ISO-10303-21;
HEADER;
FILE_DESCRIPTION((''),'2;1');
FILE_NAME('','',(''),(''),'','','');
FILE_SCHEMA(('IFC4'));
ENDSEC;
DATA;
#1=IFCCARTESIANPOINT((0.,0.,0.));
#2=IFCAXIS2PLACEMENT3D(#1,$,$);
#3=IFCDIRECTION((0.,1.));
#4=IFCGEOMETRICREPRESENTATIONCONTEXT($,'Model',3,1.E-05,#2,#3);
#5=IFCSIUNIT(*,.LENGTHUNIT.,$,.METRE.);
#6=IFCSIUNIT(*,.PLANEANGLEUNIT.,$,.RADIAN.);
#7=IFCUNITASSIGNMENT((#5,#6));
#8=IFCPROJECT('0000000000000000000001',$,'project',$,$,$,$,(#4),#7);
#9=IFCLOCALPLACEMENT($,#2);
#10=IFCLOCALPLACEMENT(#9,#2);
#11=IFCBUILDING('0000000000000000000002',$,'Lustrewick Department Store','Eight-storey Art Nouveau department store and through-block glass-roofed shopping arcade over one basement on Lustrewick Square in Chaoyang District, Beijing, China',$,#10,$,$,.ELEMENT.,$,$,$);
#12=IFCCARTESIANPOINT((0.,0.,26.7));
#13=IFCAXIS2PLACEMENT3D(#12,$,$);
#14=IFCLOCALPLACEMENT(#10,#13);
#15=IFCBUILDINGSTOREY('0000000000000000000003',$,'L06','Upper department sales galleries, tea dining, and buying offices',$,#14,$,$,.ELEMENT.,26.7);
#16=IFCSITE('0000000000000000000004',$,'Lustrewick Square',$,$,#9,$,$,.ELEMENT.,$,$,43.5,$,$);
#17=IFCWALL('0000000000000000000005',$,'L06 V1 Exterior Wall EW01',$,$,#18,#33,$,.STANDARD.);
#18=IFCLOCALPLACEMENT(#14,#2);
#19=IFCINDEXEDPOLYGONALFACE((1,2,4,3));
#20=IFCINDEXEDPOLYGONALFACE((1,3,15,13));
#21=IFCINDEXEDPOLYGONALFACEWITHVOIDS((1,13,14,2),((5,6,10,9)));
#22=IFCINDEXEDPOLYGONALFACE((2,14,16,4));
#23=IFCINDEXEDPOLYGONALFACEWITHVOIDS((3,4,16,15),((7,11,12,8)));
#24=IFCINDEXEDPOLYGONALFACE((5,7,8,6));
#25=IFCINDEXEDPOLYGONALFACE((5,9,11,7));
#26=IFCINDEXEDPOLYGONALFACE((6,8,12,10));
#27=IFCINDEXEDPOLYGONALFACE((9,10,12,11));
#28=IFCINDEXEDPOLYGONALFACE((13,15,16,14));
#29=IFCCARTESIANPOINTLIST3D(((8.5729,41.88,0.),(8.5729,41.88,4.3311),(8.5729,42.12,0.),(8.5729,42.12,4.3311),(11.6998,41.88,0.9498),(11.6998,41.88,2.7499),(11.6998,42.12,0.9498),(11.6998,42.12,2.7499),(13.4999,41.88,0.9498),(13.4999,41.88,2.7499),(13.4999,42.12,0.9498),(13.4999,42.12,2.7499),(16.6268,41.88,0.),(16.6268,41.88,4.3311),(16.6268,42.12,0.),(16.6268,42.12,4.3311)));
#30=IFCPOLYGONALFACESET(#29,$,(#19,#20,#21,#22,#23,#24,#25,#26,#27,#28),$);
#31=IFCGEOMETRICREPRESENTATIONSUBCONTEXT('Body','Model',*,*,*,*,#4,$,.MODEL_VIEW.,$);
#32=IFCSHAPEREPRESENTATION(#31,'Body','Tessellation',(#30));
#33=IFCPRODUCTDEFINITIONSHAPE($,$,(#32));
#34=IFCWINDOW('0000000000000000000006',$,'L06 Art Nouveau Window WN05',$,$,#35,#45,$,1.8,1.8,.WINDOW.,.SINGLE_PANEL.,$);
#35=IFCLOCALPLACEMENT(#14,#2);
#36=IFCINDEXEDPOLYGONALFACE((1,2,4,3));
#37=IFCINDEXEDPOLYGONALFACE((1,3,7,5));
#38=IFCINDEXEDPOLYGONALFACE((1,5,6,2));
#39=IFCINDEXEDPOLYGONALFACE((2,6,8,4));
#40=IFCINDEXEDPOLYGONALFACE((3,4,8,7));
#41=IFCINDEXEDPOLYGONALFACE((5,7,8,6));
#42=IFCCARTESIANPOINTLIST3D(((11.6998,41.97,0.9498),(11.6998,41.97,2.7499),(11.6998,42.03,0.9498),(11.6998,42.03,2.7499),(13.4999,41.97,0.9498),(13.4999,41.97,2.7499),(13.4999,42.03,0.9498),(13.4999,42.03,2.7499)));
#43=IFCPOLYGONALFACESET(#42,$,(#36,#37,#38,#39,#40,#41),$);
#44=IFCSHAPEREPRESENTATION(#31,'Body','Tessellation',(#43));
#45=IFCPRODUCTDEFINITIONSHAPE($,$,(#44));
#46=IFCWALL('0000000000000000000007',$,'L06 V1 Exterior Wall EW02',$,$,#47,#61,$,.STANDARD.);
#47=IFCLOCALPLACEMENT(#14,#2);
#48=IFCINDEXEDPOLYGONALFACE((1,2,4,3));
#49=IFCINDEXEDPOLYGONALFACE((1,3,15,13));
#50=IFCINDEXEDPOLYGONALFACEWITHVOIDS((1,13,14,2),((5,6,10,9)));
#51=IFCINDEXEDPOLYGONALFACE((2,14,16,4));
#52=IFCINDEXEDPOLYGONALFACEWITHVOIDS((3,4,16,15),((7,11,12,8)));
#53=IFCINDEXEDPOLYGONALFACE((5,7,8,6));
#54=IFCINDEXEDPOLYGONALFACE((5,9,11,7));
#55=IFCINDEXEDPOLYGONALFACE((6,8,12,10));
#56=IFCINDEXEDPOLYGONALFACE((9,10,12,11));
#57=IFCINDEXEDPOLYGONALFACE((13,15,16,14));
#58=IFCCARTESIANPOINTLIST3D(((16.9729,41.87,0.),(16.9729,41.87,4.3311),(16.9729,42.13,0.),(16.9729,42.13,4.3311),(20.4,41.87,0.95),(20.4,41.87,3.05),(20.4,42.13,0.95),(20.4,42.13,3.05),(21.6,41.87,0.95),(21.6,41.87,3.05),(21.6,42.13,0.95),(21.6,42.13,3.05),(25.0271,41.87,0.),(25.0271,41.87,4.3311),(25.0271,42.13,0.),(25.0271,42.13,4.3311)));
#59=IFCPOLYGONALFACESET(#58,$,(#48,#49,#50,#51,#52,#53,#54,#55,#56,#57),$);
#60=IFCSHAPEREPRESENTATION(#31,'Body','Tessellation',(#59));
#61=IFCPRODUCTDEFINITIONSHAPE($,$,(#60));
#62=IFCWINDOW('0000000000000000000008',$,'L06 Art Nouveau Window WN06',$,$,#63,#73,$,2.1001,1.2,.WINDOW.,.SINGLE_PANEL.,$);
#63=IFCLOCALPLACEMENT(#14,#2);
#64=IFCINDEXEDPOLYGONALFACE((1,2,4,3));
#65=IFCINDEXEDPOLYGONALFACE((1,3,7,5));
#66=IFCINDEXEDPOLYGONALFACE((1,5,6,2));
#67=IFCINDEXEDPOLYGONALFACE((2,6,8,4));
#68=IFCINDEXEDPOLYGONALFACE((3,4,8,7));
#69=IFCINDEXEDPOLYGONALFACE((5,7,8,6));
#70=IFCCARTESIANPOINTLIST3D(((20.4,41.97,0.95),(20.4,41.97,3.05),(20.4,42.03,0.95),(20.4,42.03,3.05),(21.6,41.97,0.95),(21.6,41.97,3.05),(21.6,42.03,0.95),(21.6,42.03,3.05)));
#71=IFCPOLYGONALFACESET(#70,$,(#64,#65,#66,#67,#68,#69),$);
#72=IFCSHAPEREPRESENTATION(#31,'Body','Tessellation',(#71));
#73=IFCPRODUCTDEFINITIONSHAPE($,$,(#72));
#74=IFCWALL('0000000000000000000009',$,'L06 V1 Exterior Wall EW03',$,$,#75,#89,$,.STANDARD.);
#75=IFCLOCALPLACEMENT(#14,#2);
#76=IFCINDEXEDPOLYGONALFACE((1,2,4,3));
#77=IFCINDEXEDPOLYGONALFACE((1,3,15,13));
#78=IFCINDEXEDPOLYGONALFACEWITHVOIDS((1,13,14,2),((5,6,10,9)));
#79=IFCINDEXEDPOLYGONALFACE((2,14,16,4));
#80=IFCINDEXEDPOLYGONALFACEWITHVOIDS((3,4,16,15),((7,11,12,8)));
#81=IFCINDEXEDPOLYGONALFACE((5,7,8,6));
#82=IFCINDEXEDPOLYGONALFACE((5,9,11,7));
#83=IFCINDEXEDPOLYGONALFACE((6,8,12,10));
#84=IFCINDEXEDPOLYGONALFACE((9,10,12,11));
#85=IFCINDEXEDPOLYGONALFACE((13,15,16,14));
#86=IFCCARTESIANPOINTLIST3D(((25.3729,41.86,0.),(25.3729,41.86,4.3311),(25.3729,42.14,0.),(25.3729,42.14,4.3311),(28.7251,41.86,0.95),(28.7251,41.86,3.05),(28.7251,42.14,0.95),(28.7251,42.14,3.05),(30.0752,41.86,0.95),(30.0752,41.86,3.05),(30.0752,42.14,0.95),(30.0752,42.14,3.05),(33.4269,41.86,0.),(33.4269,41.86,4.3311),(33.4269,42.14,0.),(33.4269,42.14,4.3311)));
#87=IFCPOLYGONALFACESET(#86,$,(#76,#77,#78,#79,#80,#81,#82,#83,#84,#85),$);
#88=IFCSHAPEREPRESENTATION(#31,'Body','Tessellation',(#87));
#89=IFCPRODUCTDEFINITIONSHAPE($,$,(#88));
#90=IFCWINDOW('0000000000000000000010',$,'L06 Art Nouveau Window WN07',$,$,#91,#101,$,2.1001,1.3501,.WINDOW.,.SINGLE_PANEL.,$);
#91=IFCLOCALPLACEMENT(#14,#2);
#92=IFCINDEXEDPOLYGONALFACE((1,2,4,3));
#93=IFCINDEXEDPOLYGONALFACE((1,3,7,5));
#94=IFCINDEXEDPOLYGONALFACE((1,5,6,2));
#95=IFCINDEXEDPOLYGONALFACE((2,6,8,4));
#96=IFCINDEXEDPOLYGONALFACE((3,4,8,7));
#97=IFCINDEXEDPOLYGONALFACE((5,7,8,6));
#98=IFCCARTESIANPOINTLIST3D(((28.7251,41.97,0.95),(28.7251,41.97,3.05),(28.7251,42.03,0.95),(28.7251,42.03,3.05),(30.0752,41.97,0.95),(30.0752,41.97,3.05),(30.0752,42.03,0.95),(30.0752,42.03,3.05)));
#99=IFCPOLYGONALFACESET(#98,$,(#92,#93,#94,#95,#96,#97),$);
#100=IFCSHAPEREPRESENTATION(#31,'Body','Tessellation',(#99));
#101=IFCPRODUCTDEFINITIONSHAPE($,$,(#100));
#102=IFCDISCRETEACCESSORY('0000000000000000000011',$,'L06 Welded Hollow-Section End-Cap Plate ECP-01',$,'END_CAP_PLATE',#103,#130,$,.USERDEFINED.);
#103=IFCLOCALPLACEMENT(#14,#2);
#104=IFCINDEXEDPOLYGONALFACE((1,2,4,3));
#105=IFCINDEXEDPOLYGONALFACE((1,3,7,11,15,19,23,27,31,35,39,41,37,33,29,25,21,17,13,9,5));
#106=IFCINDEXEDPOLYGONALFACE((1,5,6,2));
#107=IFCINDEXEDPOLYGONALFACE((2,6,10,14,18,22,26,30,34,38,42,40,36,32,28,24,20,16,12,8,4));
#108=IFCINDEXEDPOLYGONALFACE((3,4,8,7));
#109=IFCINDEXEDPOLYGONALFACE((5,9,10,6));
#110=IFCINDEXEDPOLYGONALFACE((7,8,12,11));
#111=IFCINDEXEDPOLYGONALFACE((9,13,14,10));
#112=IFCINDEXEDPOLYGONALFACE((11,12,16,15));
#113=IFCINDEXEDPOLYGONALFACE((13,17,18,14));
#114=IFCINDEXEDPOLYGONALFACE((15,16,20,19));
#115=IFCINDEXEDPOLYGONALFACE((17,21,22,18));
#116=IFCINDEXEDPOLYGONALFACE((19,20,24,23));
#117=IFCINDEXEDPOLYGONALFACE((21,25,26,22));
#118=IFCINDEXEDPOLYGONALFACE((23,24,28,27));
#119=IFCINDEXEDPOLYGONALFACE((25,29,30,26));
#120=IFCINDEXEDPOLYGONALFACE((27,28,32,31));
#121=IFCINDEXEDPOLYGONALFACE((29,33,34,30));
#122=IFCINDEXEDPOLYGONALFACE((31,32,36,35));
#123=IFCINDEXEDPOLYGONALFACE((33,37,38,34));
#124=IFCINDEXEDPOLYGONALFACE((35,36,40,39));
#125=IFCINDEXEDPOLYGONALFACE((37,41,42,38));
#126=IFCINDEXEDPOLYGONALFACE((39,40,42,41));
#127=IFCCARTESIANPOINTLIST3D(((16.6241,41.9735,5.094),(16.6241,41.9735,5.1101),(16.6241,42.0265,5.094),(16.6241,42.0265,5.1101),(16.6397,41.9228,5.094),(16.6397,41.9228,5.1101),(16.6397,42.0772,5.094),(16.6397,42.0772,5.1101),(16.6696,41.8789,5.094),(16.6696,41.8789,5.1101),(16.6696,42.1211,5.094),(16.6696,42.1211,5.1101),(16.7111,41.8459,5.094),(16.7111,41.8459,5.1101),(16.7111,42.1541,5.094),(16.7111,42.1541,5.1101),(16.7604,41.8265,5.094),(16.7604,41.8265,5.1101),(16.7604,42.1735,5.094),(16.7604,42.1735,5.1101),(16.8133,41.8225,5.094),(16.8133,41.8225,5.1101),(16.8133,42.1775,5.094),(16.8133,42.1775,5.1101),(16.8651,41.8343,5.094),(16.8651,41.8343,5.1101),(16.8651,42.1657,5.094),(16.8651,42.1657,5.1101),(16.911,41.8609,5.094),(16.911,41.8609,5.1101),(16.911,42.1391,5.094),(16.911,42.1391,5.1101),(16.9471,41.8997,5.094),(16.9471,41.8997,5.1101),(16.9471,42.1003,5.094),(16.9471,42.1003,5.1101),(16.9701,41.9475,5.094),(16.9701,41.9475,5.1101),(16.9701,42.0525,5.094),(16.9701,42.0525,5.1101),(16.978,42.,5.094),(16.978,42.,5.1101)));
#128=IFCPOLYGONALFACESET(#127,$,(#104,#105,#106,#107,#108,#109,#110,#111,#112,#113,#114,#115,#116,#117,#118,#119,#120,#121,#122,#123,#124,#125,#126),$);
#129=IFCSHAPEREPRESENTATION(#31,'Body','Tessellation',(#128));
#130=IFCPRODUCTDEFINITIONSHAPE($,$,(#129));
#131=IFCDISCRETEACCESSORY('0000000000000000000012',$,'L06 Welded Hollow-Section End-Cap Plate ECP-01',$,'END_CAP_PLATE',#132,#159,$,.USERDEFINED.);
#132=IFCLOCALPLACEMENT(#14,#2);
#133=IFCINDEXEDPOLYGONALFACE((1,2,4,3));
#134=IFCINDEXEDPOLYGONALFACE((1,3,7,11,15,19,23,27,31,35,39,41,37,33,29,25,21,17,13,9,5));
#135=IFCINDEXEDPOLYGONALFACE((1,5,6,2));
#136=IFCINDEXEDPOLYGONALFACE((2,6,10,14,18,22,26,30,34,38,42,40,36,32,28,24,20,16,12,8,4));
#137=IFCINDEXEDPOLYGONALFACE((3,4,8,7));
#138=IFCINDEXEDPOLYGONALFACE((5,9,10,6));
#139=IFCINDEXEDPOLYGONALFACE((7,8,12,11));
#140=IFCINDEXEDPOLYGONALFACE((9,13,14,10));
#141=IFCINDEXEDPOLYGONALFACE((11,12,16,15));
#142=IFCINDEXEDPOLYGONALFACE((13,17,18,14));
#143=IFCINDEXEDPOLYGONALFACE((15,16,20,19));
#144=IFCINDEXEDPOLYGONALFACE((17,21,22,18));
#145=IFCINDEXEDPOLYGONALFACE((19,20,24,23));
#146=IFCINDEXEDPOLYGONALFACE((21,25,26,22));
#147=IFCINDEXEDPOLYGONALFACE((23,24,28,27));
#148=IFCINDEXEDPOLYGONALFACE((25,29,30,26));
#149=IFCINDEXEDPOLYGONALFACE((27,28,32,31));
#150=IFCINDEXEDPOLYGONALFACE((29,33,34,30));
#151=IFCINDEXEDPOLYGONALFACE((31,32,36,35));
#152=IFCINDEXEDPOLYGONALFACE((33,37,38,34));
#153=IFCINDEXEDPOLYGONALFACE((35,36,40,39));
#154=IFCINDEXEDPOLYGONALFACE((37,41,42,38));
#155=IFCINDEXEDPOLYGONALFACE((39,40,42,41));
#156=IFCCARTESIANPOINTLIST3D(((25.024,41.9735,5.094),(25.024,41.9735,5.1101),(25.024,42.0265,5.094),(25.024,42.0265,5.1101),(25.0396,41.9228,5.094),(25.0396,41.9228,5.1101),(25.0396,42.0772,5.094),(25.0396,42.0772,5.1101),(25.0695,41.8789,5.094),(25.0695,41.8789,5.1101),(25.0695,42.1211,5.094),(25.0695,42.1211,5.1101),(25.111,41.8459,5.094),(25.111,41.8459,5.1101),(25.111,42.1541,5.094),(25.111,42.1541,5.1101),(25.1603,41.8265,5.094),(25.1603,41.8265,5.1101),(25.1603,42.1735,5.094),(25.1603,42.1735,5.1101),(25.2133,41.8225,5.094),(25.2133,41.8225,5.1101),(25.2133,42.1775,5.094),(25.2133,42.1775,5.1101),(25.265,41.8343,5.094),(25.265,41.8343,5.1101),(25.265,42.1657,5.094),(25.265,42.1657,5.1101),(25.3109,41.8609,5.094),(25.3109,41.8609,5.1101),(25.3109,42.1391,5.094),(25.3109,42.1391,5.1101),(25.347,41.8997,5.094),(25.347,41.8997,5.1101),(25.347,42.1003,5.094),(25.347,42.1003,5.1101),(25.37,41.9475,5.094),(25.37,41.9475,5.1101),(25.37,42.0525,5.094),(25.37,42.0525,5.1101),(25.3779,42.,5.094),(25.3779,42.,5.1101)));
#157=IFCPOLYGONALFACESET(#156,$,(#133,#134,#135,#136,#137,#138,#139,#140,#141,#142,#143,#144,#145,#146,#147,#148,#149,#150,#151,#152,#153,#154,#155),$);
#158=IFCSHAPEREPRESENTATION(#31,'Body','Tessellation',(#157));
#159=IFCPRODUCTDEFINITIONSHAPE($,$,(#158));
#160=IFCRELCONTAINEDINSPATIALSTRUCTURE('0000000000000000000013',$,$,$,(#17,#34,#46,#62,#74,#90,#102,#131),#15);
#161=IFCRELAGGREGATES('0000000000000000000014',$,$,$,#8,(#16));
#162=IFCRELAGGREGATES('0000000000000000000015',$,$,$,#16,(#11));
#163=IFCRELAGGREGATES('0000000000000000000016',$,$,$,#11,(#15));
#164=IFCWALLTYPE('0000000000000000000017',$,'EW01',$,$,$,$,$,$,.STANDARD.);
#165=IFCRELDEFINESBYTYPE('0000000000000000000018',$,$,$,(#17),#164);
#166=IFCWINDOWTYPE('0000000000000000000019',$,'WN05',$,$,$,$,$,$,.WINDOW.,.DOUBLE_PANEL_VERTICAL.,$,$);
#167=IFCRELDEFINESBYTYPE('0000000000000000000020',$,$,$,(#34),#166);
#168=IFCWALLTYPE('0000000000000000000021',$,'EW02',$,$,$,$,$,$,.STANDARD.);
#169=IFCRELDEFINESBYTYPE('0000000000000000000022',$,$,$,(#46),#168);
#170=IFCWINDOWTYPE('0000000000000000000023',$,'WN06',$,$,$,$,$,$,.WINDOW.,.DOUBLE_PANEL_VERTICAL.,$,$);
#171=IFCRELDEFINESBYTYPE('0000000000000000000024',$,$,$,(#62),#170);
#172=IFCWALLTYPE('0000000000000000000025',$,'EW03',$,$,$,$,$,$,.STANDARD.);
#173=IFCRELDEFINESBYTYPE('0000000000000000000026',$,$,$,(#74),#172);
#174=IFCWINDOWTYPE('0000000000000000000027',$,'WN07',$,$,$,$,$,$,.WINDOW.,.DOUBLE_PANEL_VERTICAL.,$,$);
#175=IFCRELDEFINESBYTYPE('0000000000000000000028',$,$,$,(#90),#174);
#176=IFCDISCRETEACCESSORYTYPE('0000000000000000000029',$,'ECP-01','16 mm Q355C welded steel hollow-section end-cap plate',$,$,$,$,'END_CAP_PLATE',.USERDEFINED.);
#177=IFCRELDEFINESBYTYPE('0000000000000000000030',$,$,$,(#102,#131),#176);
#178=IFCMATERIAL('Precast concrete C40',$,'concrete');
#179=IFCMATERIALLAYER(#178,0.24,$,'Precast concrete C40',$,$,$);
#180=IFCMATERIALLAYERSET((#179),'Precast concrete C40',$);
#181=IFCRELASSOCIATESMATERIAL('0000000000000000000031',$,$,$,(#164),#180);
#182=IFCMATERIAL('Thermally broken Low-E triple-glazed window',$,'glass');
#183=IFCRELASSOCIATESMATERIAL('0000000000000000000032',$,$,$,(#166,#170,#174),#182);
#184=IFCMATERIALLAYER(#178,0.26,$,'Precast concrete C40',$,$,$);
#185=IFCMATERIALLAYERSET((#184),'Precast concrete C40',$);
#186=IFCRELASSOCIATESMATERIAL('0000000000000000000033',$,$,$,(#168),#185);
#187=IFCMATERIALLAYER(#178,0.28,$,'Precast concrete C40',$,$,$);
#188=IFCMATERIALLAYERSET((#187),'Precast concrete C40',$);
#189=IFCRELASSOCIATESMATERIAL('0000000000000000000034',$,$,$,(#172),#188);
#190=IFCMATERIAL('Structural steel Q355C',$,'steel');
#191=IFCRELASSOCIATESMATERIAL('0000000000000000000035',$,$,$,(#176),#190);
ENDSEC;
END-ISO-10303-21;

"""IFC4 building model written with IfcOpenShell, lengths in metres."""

from ifc_helpers import new_model, si_unit, direction, frame, frame_2d, origin, origin_2d, place, context, subcontext, project, spatial, rectangle, circle, extrude, material, layer, layer_set, type_object, element, fill, save


model = new_model("IFC4")

# Units and contexts
model_context = context("Model", 3, precision=1e-05, world=origin(), true_north=direction((0.0, 1.0)))
body_context = subcontext(model_context, "Body", "Model", "MODEL_VIEW")
ifc_project = project(units=[si_unit("LENGTHUNIT", "METRE"), si_unit("PLANEANGLEUNIT", "RADIAN")], contexts=[model_context])

# Site, building, storey
site_placement = place(None, origin())
site = spatial("IfcSite", under=ifc_project, at=site_placement, Name="Lustrewick Square", CompositionType="ELEMENT", RefElevation=43.5)
building_placement = place(site_placement, origin())
building = spatial("IfcBuilding", under=site, at=building_placement, Name="Lustrewick Department Store", Description="Eight-storey Art Nouveau department store and through-block glass-roofed shopping arcade over one basement on Lustrewick Square in Chaoyang District, Beijing, China", CompositionType="ELEMENT")
storey_placement = place(building_placement, frame((0.0, 0.0, 26.7)))
storey = spatial("IfcBuildingStorey", under=building, at=storey_placement, Name="L06", Description="Upper department sales galleries, tea dining, and buying offices", CompositionType="ELEMENT", Elevation=26.7)

# Shared definitions
ifc_material_1 = material(Name="Structural steel Q355C", Category="steel")

# Walls, openings, windows
ifc_material_2 = material(Name="Precast concrete C40", Category="concrete")
ifc_layer_1 = layer(ifc_material_2, 0.24, Name="Precast concrete C40")
ifc_layer_set_1 = layer_set([ifc_layer_1], Name="Precast concrete C40")
wall_type_1 = type_object("IfcWallType", Name="EW01", PredefinedType="STANDARD", material=ifc_layer_set_1)
wall_1_placement = place(storey_placement, frame((8.573, 42.0, 0.0), z_axis=(0.0, 0.0, 1.0), x_axis=(1.0, 0.0, 0.0)))
wall_1 = element("IfcWall", 1, at=wall_1_placement, inside=storey, type_object=wall_type_1, Name="L06 V1 Exterior Wall EW01", PredefinedType="STANDARD", context=body_context, shape_type="SweptSolid", body=[
    extrude(rectangle(XDim=8.054, YDim=0.24, at=frame_2d((4.0269, 0.0))), origin(), (0.0, 0.0, 1.0), 4.3311),
])
opening_1_placement = place(wall_1_placement, frame((3.127, 0.0, 0.95)))
opening_1 = element("IfcOpeningElement", 2, at=opening_1_placement, cuts=wall_1, PredefinedType="OPENING", context=body_context, shape_type="SweptSolid", body=[
    extrude(rectangle(XDim=1.8, YDim=1.8, at=frame_2d((0.8999, 0.8999))), frame((0.0, 0.1299, 0.0), z_axis=(0.0, -1.0, 0.0), x_axis=(1.0, 0.0, 0.0)), (0.0, 0.0, 1.0), 0.26),
])
ifc_material_3 = material(Name="Thermally broken Low-E triple-glazed window", Category="glass")
window_type_1 = type_object("IfcWindowType", Name="WN05", PartitioningType="DOUBLE_PANEL_VERTICAL", PredefinedType="WINDOW", material=ifc_material_3)
window_1_placement = place(opening_1_placement, origin())
window_1 = element("IfcWindow", 3, at=window_1_placement, inside=storey, type_object=window_type_1, Name="L06 Art Nouveau Window WN05", OverallHeight=1.8, OverallWidth=1.8, PartitioningType="SINGLE_PANEL", PredefinedType="WINDOW", context=body_context, shape_type="SweptSolid", body=[
    extrude(rectangle(XDim=1.8, YDim=1.8, at=frame_2d((0.8999, 0.8999))), frame((0.0, 0.03, 0.0), z_axis=(0.0, -1.0, 0.0), x_axis=(1.0, 0.0, 0.0)), (0.0, 0.0, 1.0), 0.0601),
])
fill(opening_1, window_1)
ifc_layer_2 = layer(ifc_material_2, 0.26, Name="Precast concrete C40")
ifc_layer_set_2 = layer_set([ifc_layer_2], Name="Precast concrete C40")
wall_type_2 = type_object("IfcWallType", Name="EW02", PredefinedType="STANDARD", material=ifc_layer_set_2)
wall_2_placement = place(storey_placement, frame((16.9729, 42.0, 0.0), z_axis=(0.0, 0.0, 1.0), x_axis=(1.0, 0.0, 0.0)))
wall_2 = element("IfcWall", 4, at=wall_2_placement, inside=storey, type_object=wall_type_2, Name="L06 V1 Exterior Wall EW02", PredefinedType="STANDARD", context=body_context, shape_type="SweptSolid", body=[
    extrude(rectangle(XDim=8.0542, YDim=0.26, at=frame_2d((4.0271, 0.0))), origin(), (0.0, 0.0, 1.0), 4.3311),
])
opening_2_placement = place(wall_2_placement, frame((3.427, 0.0, 0.95)))
opening_2 = element("IfcOpeningElement", 5, at=opening_2_placement, cuts=wall_2, PredefinedType="OPENING", context=body_context, shape_type="SweptSolid", body=[
    extrude(rectangle(XDim=1.2, YDim=2.1001, at=frame_2d((0.6001, 1.05))), frame((0.0, 0.1401, 0.0), z_axis=(0.0, -1.0, 0.0), x_axis=(1.0, 0.0, 0.0)), (0.0, 0.0, 1.0), 0.28),
])
window_type_2 = type_object("IfcWindowType", Name="WN06", PartitioningType="DOUBLE_PANEL_VERTICAL", PredefinedType="WINDOW", material=ifc_material_3)
window_2_placement = place(opening_2_placement, origin())
window_2 = element("IfcWindow", 6, at=window_2_placement, inside=storey, type_object=window_type_2, Name="L06 Art Nouveau Window WN06", OverallHeight=2.1001, OverallWidth=1.2, PartitioningType="SINGLE_PANEL", PredefinedType="WINDOW", context=body_context, shape_type="SweptSolid", body=[
    extrude(rectangle(XDim=1.2, YDim=2.1001, at=frame_2d((0.6001, 1.05))), frame((0.0, 0.03, 0.0), z_axis=(0.0, -1.0, 0.0), x_axis=(1.0, 0.0, 0.0)), (0.0, 0.0, 1.0), 0.0601),
])
fill(opening_2, window_2)
ifc_layer_3 = layer(ifc_material_2, 0.28, Name="Precast concrete C40")
ifc_layer_set_3 = layer_set([ifc_layer_3], Name="Precast concrete C40")
wall_type_3 = type_object("IfcWallType", Name="EW03", PredefinedType="STANDARD", material=ifc_layer_set_3)
wall_3_placement = place(storey_placement, frame((25.373, 42.0, 0.0), z_axis=(0.0, 0.0, 1.0), x_axis=(1.0, 0.0, 0.0)))
wall_3 = element("IfcWall", 7, at=wall_3_placement, inside=storey, type_object=wall_type_3, Name="L06 V1 Exterior Wall EW03", PredefinedType="STANDARD", context=body_context, shape_type="SweptSolid", body=[
    extrude(rectangle(XDim=8.054, YDim=0.28, at=frame_2d((4.0269, 0.0))), origin(), (0.0, 0.0, 1.0), 4.3311),
])
opening_3_placement = place(wall_3_placement, frame((3.3521, 0.0, 0.95)))
opening_3 = element("IfcOpeningElement", 8, at=opening_3_placement, cuts=wall_3, PredefinedType="OPENING", context=body_context, shape_type="SweptSolid", body=[
    extrude(rectangle(XDim=1.3501, YDim=2.1001, at=frame_2d((0.675, 1.05))), frame((0.0, 0.1499, 0.0), z_axis=(0.0, -1.0, 0.0), x_axis=(1.0, 0.0, 0.0)), (0.0, 0.0, 1.0), 0.3),
])
window_type_3 = type_object("IfcWindowType", Name="WN07", PartitioningType="DOUBLE_PANEL_VERTICAL", PredefinedType="WINDOW", material=ifc_material_3)
window_3_placement = place(opening_3_placement, origin())
window_3 = element("IfcWindow", 9, at=window_3_placement, inside=storey, type_object=window_type_3, Name="L06 Art Nouveau Window WN07", OverallHeight=2.1001, OverallWidth=1.3501, PartitioningType="SINGLE_PANEL", PredefinedType="WINDOW", context=body_context, shape_type="SweptSolid", body=[
    extrude(rectangle(XDim=1.3501, YDim=2.1001, at=frame_2d((0.675, 1.05))), frame((0.0, 0.03, 0.0), z_axis=(0.0, -1.0, 0.0), x_axis=(1.0, 0.0, 0.0)), (0.0, 0.0, 1.0), 0.0601),
])
fill(opening_3, window_3)

# Discrete accessories
discrete_accessory_type = type_object("IfcDiscreteAccessoryType", Name="ECP-01", Description="16 mm Q355C welded steel hollow-section end-cap plate", ElementType="END_CAP_PLATE", PredefinedType="USERDEFINED", material=ifc_material_1)
for number, where, z_axis, x_axis, name in (
    (10, (16.8, 42.0, 5.094), (0.0, 0.0, 1.0), (1.0, 0.0, 0.0), "L06 Welded Hollow-Section End-Cap Plate ECP-01"),
    (11, (25.2, 42.0, 5.094), (0.0, 0.0, 1.0), (1.0, 0.0, 0.0), "L06 Welded Hollow-Section End-Cap Plate ECP-01"),
):
    element("IfcDiscreteAccessory", number, at=place(storey_placement, frame(where, z_axis=z_axis, x_axis=x_axis)), inside=storey, type_object=discrete_accessory_type, Name=name, ObjectType="END_CAP_PLATE", PredefinedType="USERDEFINED", context=body_context, shape_type="SweptSolid", body=[
        extrude(circle(Radius=0.178, at=origin_2d()), origin(), (0.0, 0.0, 1.0), 0.0161),
    ])

save(model, "model.ifc")
